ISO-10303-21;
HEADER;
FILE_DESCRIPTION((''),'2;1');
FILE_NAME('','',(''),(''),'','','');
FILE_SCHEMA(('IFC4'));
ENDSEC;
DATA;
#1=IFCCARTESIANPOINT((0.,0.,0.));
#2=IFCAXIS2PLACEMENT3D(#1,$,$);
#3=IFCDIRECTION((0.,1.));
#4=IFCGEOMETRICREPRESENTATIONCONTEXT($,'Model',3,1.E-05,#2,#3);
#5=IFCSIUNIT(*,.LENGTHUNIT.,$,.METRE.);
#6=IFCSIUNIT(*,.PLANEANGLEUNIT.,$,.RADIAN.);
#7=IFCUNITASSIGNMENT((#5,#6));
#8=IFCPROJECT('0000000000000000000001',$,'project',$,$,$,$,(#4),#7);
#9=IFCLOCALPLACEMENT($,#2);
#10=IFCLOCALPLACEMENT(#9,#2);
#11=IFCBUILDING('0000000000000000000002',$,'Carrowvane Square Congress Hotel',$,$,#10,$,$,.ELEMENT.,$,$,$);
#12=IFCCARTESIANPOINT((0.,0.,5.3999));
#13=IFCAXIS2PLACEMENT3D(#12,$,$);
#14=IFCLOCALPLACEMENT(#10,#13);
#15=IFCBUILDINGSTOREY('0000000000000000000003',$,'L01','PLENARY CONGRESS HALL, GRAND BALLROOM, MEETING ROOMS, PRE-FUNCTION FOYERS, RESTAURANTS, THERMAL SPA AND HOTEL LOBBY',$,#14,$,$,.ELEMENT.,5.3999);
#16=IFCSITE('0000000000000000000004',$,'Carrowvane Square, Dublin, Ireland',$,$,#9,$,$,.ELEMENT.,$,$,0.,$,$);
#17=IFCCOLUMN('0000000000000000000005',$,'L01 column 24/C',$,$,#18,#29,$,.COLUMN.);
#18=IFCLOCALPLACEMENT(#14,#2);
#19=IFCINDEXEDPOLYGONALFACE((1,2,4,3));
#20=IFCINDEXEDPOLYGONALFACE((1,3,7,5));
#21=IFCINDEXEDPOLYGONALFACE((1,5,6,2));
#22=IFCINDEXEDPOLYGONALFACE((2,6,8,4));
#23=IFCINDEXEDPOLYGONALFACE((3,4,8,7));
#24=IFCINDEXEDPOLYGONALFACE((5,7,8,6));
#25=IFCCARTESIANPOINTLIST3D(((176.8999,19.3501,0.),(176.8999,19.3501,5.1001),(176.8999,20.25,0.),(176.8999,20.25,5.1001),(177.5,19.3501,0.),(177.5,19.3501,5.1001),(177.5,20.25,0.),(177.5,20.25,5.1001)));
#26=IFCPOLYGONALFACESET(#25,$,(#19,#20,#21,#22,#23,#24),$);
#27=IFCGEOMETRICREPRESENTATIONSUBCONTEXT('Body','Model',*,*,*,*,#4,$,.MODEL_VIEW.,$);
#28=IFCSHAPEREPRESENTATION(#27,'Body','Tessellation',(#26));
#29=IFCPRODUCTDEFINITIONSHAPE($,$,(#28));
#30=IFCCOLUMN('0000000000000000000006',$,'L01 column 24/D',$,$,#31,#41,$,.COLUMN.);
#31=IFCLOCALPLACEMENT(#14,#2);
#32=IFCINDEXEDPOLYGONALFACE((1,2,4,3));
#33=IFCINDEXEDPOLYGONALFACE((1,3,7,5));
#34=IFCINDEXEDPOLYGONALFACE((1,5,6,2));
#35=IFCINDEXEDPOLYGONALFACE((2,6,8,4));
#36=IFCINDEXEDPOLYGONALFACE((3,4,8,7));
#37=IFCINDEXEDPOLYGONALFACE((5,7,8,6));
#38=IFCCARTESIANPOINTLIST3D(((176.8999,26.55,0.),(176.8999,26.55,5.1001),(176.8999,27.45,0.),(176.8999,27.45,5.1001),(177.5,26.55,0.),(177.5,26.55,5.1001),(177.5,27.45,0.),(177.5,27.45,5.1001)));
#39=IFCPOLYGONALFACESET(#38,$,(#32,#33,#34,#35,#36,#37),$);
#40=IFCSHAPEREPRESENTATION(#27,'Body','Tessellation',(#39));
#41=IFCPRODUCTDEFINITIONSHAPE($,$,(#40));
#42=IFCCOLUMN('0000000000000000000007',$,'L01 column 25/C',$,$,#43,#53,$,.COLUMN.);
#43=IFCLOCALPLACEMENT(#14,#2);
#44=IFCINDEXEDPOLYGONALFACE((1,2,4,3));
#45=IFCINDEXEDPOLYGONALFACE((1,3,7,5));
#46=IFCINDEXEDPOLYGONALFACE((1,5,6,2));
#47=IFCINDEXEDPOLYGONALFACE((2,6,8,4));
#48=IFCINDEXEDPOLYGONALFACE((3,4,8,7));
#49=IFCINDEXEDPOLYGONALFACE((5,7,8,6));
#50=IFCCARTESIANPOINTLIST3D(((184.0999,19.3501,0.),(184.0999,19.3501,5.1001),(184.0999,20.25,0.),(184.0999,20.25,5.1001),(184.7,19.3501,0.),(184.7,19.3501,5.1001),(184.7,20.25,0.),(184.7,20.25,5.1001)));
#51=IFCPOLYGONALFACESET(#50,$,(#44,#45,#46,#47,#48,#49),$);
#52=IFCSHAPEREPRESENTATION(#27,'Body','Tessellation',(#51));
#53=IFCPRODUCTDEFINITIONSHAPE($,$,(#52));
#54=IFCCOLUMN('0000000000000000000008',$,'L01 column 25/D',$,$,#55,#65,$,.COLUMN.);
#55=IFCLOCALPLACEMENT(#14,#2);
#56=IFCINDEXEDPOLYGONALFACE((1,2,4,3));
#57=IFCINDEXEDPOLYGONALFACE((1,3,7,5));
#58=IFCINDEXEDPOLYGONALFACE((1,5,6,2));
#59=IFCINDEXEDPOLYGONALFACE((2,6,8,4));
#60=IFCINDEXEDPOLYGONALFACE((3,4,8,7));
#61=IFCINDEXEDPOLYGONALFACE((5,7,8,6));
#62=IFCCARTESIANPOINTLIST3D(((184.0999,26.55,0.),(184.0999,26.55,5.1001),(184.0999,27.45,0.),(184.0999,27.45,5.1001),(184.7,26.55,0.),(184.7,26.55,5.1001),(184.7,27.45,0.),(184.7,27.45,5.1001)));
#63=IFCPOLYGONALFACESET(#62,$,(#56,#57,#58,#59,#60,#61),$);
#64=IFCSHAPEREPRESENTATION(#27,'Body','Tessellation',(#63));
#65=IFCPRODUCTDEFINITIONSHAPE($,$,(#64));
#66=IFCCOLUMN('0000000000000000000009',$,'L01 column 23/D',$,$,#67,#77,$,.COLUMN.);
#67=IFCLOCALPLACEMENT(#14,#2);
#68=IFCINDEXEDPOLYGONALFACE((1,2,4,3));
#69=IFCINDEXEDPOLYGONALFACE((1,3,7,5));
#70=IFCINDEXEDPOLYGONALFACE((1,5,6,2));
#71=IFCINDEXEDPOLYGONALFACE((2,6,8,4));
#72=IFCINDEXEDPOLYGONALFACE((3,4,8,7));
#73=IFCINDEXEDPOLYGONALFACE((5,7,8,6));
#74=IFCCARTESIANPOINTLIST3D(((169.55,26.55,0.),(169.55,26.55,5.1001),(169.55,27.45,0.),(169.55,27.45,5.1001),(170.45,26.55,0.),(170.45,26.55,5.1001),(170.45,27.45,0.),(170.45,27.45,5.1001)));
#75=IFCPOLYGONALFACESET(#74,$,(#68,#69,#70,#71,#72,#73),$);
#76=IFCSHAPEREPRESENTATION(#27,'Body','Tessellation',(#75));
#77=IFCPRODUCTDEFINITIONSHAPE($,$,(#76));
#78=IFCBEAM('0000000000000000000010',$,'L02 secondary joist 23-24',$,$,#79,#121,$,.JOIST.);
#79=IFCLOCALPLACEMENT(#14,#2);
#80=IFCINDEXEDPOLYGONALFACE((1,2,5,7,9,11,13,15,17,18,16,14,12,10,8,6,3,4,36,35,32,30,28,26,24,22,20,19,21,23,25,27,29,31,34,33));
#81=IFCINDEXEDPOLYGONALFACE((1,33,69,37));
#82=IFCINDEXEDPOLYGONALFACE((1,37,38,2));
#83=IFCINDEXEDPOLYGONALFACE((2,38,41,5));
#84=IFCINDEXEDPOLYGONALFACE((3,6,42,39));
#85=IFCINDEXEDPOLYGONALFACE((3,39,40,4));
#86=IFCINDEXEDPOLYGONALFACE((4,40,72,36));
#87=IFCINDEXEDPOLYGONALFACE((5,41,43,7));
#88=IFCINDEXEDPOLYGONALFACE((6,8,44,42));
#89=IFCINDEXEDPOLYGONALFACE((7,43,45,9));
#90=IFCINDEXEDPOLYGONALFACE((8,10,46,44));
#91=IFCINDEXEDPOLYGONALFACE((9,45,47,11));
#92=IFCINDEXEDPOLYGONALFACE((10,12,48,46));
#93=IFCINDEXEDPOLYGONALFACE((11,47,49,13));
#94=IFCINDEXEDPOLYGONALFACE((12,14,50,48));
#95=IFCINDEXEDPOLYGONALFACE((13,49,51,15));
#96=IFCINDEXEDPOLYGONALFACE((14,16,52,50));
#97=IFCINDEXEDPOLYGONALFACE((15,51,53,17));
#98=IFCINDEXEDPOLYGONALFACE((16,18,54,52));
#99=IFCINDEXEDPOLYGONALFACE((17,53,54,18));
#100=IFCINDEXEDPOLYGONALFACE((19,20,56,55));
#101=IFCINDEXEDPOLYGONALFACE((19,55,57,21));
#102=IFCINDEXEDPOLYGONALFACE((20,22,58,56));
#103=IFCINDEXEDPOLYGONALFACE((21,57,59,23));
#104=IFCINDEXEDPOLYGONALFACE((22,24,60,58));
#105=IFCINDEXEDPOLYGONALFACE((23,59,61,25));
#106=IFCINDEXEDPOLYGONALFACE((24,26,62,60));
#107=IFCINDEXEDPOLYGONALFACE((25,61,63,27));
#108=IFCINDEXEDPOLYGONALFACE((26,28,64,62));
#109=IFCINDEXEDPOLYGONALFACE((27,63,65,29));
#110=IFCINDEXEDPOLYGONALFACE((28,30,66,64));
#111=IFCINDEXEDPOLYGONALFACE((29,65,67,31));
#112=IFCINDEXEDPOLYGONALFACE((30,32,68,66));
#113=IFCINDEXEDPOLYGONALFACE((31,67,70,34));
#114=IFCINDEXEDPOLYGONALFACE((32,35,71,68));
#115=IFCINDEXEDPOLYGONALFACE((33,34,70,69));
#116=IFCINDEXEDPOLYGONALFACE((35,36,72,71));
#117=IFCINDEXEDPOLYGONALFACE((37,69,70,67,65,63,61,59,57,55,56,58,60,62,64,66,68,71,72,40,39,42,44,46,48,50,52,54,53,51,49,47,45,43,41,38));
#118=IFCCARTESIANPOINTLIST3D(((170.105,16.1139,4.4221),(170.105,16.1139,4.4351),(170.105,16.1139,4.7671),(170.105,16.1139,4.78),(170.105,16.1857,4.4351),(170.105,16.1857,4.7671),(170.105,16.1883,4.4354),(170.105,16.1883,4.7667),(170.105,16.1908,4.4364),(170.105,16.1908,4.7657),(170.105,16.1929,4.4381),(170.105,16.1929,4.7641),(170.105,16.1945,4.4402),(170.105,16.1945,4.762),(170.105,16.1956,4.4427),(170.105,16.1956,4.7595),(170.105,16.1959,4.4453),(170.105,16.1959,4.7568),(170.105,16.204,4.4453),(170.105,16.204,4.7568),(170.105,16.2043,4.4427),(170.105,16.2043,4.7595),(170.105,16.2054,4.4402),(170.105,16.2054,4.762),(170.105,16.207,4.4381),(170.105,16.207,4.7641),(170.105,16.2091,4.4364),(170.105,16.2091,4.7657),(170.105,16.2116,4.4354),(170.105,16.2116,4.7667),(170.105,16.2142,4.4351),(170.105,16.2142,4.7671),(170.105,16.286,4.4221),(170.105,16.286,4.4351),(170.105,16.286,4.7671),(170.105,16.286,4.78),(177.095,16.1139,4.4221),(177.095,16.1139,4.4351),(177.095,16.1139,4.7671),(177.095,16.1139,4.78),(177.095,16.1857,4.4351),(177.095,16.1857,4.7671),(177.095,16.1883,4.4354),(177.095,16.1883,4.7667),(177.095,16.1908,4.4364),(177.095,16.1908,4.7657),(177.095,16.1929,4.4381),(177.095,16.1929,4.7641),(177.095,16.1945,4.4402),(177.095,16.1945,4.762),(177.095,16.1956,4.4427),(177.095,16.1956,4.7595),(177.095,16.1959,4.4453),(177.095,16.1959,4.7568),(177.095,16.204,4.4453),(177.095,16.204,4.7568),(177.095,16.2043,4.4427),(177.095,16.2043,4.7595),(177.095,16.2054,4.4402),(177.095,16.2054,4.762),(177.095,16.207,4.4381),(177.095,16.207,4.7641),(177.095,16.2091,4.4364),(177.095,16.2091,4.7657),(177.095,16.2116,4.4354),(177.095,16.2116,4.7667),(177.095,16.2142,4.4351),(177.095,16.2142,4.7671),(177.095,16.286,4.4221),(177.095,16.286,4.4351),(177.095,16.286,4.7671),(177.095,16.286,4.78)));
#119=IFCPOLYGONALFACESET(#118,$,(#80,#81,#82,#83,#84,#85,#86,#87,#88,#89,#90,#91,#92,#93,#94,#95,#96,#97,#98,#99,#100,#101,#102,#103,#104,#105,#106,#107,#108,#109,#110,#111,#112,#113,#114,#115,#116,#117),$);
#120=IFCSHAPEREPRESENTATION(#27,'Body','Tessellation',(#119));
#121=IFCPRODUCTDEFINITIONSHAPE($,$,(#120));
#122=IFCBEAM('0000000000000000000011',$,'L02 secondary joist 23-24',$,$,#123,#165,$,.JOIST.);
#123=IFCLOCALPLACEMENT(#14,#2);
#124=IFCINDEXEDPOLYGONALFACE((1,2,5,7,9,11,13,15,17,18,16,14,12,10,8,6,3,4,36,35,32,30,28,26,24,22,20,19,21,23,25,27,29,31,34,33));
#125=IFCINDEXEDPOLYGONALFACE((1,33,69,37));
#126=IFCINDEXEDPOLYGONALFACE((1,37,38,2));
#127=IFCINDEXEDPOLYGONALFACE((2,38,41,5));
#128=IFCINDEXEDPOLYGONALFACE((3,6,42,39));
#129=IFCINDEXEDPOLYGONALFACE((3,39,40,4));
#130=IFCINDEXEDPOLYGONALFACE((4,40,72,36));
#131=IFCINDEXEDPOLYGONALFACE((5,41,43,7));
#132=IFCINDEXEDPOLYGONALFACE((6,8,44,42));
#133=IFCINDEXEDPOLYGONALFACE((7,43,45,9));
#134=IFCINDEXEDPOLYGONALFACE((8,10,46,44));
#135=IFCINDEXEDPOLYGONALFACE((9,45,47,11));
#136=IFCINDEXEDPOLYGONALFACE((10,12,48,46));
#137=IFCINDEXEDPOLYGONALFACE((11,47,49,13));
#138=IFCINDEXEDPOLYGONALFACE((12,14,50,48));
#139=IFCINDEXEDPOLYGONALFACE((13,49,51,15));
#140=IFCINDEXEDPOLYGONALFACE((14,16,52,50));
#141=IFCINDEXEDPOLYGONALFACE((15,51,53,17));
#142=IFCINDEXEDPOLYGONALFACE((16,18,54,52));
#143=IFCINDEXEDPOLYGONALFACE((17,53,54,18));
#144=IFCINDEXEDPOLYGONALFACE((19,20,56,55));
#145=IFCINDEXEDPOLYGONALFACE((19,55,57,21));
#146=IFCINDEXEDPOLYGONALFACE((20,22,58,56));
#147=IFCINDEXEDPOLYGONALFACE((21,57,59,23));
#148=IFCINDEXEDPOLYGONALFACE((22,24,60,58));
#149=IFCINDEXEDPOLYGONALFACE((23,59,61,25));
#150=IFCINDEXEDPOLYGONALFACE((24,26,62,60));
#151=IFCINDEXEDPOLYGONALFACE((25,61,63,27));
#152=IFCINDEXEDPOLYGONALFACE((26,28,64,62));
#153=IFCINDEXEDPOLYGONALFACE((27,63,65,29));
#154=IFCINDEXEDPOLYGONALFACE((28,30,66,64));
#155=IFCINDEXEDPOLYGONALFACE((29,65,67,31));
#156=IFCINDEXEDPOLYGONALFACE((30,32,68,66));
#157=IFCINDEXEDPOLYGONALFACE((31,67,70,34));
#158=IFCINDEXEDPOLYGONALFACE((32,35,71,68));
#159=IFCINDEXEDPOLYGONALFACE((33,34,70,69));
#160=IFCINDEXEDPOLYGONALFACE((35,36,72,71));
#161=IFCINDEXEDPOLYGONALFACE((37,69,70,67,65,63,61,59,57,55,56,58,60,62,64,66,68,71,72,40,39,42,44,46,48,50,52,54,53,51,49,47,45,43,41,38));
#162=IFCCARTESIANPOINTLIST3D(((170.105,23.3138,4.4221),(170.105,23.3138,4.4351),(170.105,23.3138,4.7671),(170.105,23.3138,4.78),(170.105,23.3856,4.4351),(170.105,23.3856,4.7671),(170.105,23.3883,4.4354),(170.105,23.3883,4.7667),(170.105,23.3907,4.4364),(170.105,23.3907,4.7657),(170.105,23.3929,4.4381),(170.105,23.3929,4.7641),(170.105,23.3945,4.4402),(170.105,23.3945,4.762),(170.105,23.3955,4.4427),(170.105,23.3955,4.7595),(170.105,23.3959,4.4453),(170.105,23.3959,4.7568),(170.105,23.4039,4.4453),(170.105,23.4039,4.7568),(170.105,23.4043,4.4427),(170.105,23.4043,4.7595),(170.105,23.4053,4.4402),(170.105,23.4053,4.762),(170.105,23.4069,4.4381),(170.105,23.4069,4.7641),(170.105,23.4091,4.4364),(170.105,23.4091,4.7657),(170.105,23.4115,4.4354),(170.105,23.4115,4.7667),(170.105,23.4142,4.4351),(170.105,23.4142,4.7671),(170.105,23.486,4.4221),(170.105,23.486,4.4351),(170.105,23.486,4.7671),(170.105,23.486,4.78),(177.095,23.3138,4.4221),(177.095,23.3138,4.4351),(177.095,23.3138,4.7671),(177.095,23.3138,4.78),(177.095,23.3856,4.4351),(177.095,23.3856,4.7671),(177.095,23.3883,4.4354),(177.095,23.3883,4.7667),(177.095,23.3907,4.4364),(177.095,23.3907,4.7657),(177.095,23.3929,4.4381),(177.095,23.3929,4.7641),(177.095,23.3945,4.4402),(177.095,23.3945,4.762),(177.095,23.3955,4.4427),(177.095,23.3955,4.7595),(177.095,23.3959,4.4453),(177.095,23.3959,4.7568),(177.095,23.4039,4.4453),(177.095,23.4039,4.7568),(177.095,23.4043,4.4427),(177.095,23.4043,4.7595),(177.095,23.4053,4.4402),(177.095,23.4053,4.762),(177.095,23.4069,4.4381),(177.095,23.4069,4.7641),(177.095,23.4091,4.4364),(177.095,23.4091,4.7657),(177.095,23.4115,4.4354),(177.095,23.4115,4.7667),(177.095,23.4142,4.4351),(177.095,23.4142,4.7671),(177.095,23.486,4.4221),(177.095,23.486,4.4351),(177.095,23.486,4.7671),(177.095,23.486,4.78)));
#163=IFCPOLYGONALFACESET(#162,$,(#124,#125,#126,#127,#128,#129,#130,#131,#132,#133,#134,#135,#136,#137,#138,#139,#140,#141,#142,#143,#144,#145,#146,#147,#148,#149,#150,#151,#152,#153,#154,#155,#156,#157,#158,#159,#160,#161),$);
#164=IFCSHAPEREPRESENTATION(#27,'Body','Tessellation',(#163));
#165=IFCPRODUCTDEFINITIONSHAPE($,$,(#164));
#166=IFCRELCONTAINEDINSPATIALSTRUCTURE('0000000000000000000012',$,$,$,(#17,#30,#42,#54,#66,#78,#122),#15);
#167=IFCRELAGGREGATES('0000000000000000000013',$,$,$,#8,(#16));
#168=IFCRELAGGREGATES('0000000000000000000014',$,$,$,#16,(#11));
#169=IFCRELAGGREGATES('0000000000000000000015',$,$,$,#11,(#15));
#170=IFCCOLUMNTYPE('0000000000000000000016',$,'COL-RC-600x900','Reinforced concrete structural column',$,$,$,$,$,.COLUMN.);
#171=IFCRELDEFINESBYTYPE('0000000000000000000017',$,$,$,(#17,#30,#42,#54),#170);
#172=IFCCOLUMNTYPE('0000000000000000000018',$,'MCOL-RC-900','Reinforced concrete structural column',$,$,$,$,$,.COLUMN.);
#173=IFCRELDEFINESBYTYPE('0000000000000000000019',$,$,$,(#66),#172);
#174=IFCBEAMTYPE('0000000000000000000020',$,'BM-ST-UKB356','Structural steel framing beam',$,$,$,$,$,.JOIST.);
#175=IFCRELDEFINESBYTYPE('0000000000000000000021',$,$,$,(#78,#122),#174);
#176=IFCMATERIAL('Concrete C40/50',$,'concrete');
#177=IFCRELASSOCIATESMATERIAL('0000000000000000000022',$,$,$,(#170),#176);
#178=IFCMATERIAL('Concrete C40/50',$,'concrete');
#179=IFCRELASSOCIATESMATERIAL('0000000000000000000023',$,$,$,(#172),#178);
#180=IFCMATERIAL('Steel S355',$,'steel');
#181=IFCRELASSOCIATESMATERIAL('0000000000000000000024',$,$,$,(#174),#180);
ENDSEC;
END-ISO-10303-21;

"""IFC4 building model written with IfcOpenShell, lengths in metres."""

from ifc_helpers import new_model, si_unit, direction, frame, origin, origin_2d, place, context, subcontext, project, spatial, rectangle, i_section, extrude, material, material_profile, profile_set, type_object, element, save


model = new_model("IFC4")

# Units and contexts
model_context = context("Model", 3, precision=1e-05, world=origin(), true_north=direction((0.0, 1.0)))
body_context = subcontext(model_context, "Body", "Model", "MODEL_VIEW")
ifc_project = project(units=[si_unit("LENGTHUNIT", "METRE"), si_unit("PLANEANGLEUNIT", "RADIAN")], contexts=[model_context])

# Site, building, storey
site_placement = place(None, origin())
site = spatial("IfcSite", under=ifc_project, at=site_placement, Name="Carrowvane Square, Dublin, Ireland", CompositionType="ELEMENT", RefElevation=0.0)
building_placement = place(site_placement, origin())
building = spatial("IfcBuilding", under=site, at=building_placement, Name="Carrowvane Square Congress Hotel", CompositionType="ELEMENT")
storey_placement = place(building_placement, frame((0.0, 0.0, 5.3999)))
storey = spatial("IfcBuildingStorey", under=building, at=storey_placement, Name="L01", Description="PLENARY CONGRESS HALL, GRAND BALLROOM, MEETING ROOMS, PRE-FUNCTION FOYERS, RESTAURANTS, THERMAL SPA AND HOTEL LOBBY", CompositionType="ELEMENT", Elevation=5.3999)

# Columns
ifc_material_1 = material(Name="Concrete C40/50", Category="concrete")
ifc_material_profile_1 = material_profile(ifc_material_1, rectangle(XDim=0.6001, YDim=0.8999, at=origin_2d()), Name="RC 600x900")
ifc_profile_set_1 = profile_set([ifc_material_profile_1], Name="Concrete C40/50")
column_type_1 = type_object("IfcColumnType", Name="COL-RC-600x900", Description="Reinforced concrete structural column", PredefinedType="COLUMN", material=ifc_profile_set_1)
for number, where, z_axis, x_axis, name in (
    (1, (177.2, 19.8, 0.0), (0.0, 0.0, 1.0), (1.0, 0.0, 0.0), "L01 column 24/C"),
    (2, (177.2, 27.0, 0.0), (0.0, 0.0, 1.0), (1.0, 0.0, 0.0), "L01 column 24/D"),
    (3, (184.3999, 19.8, 0.0), (0.0, 0.0, 1.0), (1.0, 0.0, 0.0), "L01 column 25/C"),
    (4, (184.3999, 27.0, 0.0), (0.0, 0.0, 1.0), (1.0, 0.0, 0.0), "L01 column 25/D"),
):
    element("IfcColumn", number, at=place(storey_placement, frame(where, z_axis=z_axis, x_axis=x_axis)), inside=storey, type_object=column_type_1, Name=name, PredefinedType="COLUMN", context=body_context, shape_type="SweptSolid", body=[
        extrude(rectangle(XDim=0.6001, YDim=0.8999, at=origin_2d()), origin(), (0.0, 0.0, 1.0), 5.1001),
    ])
ifc_material_2 = material(Name="Concrete C40/50", Category="concrete")
ifc_material_profile_2 = material_profile(ifc_material_2, rectangle(XDim=0.8999, YDim=0.8999, at=origin_2d()), Name="RC 900x900")
ifc_profile_set_2 = profile_set([ifc_material_profile_2], Name="Concrete C40/50")
column_type_2 = type_object("IfcColumnType", Name="MCOL-RC-900", Description="Reinforced concrete structural column", PredefinedType="COLUMN", material=ifc_profile_set_2)
column_placement = place(storey_placement, frame((170.0, 27.0, 0.0), z_axis=(0.0, 0.0, 1.0), x_axis=(1.0, 0.0, 0.0)))
element("IfcColumn", 5, at=column_placement, inside=storey, type_object=column_type_2, Name="L01 column 23/D", PredefinedType="COLUMN", context=body_context, shape_type="SweptSolid", body=[
    extrude(rectangle(XDim=0.8999, YDim=0.8999, at=origin_2d()), origin(), (0.0, 0.0, 1.0), 5.1001),
])

# Beams
ifc_material_3 = material(Name="Steel S355", Category="steel")
ifc_material_profile_3 = material_profile(ifc_material_3, i_section(OverallWidth=0.1721, OverallDepth=0.3579, WebThickness=0.0081, FlangeThickness=0.0129, FilletRadius=0.0103, at=origin_2d()), Name="UKB 356x171x57")
ifc_profile_set_3 = profile_set([ifc_material_profile_3], Name="Steel S355")
beam_type_1 = type_object("IfcBeamType", Name="BM-ST-UKB356", Description="Structural steel framing beam", PredefinedType="JOIST", material=ifc_profile_set_3)
for number, where, z_axis, x_axis, name in (
    (6, (170.105, 16.2, 4.6011), (1.0, 0.0, 0.0), (0.0, 1.0, 0.0), "L02 secondary joist 23-24"),
    (7, (170.105, 23.3999, 4.6011), (1.0, 0.0, 0.0), (0.0, 1.0, 0.0), "L02 secondary joist 23-24"),
):
    element("IfcBeam", number, at=place(storey_placement, frame(where, z_axis=z_axis, x_axis=x_axis)), inside=storey, type_object=beam_type_1, Name=name, PredefinedType="JOIST", context=body_context, shape_type="SweptSolid", body=[
        extrude(i_section(OverallWidth=0.1721, OverallDepth=0.3579, WebThickness=0.0081, FlangeThickness=0.0129, FilletRadius=0.0103, at=origin_2d()), origin(), (0.0, 0.0, 1.0), 6.99),
    ])

save(model, "model.ifc")
